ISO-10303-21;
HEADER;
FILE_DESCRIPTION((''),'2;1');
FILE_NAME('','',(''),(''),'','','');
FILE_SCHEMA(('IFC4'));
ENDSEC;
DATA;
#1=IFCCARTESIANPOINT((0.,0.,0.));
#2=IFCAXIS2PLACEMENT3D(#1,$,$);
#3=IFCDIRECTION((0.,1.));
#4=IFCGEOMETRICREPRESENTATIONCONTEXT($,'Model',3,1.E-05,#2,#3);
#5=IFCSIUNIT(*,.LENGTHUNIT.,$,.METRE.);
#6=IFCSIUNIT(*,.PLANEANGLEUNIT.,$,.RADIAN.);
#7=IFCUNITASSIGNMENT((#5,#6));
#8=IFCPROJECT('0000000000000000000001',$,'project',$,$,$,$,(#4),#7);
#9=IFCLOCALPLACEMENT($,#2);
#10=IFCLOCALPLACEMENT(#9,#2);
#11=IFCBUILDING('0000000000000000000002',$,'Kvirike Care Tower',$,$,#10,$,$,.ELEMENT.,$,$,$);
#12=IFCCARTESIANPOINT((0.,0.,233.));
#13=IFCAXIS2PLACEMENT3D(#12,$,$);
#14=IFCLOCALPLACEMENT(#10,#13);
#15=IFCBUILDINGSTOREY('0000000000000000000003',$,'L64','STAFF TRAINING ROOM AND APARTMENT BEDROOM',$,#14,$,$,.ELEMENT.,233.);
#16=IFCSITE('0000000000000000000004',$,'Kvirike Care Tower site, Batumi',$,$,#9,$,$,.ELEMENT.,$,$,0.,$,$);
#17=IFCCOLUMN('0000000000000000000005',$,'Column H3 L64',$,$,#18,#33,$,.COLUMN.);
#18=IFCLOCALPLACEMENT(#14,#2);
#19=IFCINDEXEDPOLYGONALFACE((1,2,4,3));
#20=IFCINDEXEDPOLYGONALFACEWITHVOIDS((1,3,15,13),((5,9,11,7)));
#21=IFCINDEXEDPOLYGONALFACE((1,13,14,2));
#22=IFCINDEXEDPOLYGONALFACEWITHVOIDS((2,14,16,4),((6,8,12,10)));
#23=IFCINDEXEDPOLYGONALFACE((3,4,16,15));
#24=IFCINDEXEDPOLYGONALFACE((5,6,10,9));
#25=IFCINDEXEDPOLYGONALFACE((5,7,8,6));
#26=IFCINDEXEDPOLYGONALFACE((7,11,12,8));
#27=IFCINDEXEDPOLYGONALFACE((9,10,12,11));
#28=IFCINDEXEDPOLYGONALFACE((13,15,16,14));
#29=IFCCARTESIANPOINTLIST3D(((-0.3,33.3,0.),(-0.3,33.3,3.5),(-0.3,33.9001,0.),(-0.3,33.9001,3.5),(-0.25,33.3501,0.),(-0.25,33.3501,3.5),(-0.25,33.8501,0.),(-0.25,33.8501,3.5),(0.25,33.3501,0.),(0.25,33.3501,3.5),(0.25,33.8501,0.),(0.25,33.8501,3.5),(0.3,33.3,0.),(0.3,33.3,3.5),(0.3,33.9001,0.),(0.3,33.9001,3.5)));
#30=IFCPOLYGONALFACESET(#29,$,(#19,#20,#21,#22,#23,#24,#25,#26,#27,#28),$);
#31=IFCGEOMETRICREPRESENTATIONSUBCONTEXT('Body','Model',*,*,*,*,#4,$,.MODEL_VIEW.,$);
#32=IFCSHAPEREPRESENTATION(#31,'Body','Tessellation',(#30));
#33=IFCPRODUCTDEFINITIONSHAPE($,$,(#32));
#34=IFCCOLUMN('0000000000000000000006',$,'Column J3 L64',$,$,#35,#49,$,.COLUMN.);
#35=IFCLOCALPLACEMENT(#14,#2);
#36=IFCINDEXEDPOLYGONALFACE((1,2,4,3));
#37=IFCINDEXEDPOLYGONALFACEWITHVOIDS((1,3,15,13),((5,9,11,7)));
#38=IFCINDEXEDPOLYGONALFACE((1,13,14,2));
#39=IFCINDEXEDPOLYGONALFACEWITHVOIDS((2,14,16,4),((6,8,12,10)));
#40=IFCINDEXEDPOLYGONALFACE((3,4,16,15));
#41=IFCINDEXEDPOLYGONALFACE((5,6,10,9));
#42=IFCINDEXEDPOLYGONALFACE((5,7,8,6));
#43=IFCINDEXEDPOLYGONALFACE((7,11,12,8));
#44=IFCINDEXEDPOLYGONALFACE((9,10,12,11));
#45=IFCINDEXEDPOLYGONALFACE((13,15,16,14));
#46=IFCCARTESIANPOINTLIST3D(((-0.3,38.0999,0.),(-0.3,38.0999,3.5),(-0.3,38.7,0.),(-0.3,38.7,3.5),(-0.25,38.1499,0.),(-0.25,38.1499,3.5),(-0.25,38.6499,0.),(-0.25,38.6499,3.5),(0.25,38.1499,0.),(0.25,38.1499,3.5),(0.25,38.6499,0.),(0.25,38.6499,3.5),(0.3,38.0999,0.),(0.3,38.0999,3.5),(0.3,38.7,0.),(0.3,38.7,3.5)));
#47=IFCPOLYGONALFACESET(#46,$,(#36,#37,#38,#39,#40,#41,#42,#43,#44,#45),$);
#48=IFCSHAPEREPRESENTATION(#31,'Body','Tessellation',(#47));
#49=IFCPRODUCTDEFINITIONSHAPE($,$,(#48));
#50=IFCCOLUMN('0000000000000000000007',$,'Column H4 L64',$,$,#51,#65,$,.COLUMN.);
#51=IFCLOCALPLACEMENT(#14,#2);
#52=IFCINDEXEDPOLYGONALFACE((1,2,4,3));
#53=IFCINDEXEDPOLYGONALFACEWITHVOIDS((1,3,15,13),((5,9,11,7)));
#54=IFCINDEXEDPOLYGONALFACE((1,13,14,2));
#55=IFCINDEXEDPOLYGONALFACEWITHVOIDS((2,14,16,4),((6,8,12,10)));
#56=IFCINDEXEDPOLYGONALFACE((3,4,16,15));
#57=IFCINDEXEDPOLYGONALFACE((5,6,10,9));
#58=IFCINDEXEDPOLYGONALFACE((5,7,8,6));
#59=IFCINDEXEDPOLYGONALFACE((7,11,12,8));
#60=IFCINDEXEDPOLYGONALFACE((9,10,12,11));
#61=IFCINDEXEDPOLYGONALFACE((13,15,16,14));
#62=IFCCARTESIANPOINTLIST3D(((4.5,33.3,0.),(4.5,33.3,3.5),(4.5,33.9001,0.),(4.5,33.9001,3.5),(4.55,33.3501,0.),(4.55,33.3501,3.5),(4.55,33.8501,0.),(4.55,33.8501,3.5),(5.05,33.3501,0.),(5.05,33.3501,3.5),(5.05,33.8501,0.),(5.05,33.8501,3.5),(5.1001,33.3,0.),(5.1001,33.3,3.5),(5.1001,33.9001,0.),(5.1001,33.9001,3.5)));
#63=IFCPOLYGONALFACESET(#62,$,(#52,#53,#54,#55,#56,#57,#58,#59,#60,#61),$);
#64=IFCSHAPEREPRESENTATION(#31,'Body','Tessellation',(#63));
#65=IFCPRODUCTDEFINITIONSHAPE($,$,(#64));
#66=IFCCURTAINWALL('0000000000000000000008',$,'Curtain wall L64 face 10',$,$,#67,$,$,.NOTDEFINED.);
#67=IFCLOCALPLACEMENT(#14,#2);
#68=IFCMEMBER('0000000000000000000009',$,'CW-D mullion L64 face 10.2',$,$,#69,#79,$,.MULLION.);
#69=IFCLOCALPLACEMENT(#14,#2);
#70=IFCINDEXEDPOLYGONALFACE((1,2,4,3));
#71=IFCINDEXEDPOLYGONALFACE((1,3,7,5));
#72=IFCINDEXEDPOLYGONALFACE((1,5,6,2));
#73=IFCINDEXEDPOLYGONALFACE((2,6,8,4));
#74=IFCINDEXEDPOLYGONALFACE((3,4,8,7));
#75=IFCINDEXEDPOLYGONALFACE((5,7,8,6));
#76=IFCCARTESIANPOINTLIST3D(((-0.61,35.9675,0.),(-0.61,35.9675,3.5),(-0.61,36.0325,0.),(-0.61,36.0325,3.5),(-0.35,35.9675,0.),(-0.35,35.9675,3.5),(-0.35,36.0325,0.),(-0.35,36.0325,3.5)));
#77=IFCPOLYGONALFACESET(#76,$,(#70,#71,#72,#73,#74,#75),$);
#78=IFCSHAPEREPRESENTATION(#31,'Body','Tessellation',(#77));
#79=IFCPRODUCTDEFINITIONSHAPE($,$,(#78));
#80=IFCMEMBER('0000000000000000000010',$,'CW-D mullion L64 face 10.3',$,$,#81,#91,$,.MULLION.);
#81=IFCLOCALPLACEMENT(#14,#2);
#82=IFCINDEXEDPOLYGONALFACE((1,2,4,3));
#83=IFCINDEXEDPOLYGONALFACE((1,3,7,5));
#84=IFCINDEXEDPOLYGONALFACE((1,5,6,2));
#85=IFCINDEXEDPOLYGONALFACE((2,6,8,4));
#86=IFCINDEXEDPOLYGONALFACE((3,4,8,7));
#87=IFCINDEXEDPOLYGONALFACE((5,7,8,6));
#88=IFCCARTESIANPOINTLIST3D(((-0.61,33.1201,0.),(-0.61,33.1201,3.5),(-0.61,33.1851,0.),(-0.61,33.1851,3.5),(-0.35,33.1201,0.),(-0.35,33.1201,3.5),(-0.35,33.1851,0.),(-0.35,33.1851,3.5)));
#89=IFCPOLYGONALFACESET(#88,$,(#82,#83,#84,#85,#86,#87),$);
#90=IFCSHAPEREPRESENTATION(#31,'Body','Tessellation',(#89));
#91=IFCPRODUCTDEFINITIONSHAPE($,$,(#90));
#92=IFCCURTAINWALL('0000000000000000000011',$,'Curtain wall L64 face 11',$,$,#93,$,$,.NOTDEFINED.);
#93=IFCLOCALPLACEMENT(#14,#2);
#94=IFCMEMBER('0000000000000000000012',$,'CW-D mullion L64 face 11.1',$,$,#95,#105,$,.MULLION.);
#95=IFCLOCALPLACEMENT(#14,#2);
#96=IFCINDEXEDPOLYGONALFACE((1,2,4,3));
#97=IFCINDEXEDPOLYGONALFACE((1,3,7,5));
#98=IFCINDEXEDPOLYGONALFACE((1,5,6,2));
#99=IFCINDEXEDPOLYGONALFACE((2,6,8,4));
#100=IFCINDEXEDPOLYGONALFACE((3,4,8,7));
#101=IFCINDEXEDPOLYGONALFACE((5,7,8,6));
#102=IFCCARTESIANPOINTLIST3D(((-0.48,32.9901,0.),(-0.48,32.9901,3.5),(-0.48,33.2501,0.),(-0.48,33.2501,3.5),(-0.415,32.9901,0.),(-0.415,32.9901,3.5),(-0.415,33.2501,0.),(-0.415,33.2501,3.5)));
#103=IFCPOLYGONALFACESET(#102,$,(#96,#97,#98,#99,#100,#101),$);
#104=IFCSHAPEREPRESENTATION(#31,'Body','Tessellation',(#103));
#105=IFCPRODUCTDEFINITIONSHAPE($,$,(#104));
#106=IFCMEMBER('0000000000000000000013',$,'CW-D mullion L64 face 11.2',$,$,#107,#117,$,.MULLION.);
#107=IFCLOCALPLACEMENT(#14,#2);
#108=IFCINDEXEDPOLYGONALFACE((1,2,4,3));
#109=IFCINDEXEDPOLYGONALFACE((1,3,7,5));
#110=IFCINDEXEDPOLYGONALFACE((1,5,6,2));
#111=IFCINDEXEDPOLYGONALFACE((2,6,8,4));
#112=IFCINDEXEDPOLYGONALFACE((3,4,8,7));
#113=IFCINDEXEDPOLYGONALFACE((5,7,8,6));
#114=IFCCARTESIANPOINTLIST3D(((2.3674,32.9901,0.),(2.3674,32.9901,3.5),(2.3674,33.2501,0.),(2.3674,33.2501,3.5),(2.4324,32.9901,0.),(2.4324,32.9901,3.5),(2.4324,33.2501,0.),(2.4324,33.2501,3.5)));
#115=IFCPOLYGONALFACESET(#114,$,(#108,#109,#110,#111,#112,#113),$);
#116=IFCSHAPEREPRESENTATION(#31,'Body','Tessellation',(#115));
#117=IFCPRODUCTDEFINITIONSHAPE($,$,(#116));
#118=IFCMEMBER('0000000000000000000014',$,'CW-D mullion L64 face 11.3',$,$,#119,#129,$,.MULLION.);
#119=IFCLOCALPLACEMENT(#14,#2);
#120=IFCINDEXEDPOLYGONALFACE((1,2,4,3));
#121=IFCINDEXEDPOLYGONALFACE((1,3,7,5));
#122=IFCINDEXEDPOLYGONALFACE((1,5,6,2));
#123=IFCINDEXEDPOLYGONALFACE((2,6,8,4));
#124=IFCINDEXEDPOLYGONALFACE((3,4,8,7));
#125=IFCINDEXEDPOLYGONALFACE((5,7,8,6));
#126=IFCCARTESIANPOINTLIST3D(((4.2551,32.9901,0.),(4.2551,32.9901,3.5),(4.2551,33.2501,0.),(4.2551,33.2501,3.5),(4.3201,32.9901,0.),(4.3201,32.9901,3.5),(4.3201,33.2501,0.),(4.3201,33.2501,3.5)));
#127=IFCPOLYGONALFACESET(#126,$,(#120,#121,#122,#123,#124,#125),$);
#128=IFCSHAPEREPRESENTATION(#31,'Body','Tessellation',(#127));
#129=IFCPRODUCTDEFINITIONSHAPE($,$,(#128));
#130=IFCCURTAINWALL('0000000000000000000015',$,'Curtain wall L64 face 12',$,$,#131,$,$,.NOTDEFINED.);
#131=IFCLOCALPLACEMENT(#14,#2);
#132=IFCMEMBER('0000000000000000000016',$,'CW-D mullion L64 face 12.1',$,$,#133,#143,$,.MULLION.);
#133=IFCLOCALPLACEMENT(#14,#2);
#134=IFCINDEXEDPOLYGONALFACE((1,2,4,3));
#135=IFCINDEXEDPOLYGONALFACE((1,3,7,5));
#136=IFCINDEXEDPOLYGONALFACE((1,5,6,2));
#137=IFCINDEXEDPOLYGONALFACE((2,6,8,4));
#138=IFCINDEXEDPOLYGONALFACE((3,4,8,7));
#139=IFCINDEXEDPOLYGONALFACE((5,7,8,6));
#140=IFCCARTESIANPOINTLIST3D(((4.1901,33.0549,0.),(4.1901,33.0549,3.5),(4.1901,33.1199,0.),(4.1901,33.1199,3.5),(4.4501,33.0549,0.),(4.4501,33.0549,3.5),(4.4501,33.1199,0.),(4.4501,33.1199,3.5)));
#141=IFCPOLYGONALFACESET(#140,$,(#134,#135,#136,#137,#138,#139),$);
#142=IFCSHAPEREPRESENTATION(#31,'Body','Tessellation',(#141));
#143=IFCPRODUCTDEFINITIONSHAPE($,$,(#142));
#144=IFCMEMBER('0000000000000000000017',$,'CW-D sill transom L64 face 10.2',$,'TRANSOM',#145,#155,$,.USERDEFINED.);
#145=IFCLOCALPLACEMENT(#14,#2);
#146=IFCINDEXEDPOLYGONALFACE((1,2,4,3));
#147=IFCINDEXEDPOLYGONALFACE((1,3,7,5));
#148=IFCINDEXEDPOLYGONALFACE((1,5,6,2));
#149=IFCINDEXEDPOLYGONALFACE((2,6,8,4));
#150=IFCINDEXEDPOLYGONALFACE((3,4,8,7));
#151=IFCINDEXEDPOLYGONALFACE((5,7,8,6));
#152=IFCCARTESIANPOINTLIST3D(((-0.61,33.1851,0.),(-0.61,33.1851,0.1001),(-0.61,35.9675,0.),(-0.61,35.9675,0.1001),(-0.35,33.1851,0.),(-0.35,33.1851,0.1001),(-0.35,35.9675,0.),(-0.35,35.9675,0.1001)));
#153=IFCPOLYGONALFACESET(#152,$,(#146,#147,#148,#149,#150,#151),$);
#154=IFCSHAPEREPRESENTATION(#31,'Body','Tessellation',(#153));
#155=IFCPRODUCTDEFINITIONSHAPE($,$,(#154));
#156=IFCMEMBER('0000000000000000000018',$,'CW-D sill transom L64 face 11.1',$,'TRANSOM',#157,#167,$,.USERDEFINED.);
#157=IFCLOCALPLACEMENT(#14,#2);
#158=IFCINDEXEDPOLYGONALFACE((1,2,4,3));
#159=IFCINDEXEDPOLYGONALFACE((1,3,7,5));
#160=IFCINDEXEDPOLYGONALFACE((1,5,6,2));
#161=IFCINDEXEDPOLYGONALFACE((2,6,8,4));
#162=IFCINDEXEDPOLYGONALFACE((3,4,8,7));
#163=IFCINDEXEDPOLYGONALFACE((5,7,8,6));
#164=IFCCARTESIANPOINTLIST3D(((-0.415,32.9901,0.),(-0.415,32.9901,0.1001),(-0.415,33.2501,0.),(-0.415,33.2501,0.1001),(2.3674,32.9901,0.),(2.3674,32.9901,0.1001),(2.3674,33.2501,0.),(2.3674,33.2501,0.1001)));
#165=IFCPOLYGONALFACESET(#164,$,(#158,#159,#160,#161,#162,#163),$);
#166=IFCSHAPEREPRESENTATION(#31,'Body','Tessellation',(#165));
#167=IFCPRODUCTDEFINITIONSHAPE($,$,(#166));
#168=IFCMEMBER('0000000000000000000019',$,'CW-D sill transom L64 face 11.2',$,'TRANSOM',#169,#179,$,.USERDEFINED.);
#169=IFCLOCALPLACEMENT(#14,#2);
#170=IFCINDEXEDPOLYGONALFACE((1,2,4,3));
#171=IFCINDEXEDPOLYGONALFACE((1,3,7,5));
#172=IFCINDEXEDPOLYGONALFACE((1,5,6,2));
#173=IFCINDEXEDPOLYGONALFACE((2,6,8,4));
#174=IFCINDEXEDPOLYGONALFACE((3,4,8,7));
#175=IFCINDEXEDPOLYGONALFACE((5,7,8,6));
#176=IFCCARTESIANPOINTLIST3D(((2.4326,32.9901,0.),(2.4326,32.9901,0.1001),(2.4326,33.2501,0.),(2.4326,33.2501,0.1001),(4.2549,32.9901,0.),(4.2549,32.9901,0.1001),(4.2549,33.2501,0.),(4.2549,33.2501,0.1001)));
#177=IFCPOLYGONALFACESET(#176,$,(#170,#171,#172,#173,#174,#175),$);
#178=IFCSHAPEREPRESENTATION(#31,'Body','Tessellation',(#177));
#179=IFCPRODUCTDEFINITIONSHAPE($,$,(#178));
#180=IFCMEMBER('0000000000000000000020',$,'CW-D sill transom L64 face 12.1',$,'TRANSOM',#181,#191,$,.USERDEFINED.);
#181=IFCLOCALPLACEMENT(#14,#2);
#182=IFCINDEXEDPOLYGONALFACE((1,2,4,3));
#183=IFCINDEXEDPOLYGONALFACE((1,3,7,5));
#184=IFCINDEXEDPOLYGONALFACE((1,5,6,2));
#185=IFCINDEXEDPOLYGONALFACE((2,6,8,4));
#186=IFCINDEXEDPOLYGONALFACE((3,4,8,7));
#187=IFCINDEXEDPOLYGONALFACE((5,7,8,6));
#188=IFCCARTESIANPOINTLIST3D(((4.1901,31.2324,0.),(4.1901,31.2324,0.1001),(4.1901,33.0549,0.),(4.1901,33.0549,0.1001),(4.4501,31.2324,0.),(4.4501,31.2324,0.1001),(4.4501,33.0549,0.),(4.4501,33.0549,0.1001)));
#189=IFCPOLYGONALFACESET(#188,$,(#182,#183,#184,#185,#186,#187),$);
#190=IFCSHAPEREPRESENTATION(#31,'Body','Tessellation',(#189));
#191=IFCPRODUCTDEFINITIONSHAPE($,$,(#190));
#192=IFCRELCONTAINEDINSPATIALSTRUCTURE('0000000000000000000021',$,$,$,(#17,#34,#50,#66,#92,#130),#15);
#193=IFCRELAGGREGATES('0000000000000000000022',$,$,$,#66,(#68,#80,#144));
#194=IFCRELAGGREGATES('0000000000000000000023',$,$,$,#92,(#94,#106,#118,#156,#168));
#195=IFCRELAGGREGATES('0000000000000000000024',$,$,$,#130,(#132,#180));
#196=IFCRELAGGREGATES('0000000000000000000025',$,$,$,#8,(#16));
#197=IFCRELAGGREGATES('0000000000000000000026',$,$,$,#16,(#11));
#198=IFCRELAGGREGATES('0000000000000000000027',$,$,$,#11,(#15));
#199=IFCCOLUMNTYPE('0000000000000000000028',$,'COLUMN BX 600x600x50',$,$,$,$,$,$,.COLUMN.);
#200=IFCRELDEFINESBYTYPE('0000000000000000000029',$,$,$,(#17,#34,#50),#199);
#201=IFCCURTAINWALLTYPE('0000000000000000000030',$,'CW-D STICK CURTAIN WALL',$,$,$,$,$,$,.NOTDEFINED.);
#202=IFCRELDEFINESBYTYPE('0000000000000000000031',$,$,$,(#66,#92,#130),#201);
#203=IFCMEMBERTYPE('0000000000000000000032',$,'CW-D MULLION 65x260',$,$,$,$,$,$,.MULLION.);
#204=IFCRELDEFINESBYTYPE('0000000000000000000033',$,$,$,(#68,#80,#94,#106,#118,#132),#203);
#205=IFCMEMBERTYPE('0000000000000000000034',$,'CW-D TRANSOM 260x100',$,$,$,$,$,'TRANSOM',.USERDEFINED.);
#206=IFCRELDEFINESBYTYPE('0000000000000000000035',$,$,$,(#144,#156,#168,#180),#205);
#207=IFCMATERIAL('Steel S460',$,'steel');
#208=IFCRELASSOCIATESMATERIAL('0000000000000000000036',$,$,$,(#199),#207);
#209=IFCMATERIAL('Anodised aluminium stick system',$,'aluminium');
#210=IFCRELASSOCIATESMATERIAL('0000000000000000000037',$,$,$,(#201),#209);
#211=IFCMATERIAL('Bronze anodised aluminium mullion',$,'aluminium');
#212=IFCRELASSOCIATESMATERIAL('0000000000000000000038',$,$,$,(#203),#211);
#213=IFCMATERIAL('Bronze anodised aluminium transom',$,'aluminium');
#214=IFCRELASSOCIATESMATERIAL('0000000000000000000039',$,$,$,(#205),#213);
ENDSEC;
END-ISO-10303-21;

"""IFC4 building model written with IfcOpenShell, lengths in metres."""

from ifc_helpers import new_model, si_unit, direction, frame, origin, origin_2d, place, context, subcontext, project, spatial, rectangle, hollow_rectangle, extrude, material, material_profile, profile_set, type_object, element, aggregate, save


model = new_model("IFC4")

# Units and contexts
model_context = context("Model", 3, precision=1e-05, world=origin(), true_north=direction((0.0, 1.0)))
body_context = subcontext(model_context, "Body", "Model", "MODEL_VIEW")
ifc_project = project(units=[si_unit("LENGTHUNIT", "METRE"), si_unit("PLANEANGLEUNIT", "RADIAN")], contexts=[model_context])

# Site, building, storey
site_placement = place(None, origin())
site = spatial("IfcSite", under=ifc_project, at=site_placement, Name="Kvirike Care Tower site, Batumi", CompositionType="ELEMENT", RefElevation=0.0)
building_placement = place(site_placement, origin())
building = spatial("IfcBuilding", under=site, at=building_placement, Name="Kvirike Care Tower", CompositionType="ELEMENT")
storey_placement = place(building_placement, frame((0.0, 0.0, 233.0)))
storey = spatial("IfcBuildingStorey", under=building, at=storey_placement, Name="L64", Description="STAFF TRAINING ROOM AND APARTMENT BEDROOM", CompositionType="ELEMENT", Elevation=233.0)

# Columns
ifc_material_1 = material(Name="Steel S460", Category="steel")
ifc_material_profile_1 = material_profile(ifc_material_1, hollow_rectangle(XDim=0.6001, YDim=0.6001, WallThickness=0.05, at=origin_2d()), Name="BX 600x600x50")
ifc_profile_set_1 = profile_set([ifc_material_profile_1], Name="Steel S460")
column_type = type_object("IfcColumnType", Name="COLUMN BX 600x600x50", PredefinedType="COLUMN", material=ifc_profile_set_1)
for number, where, z_axis, x_axis, name in (
    (1, (0.0, 33.6001, 0.0), (0.0, 0.0, 1.0), (0.0, 1.0, 0.0), "Column H3 L64"),
    (2, (0.0, 38.3999, 0.0), (0.0, 0.0, 1.0), (0.0, 1.0, 0.0), "Column J3 L64"),
    (3, (4.8, 33.6001, 0.0), (0.0, 0.0, 1.0), (0.0, 1.0, 0.0), "Column H4 L64"),
):
    element("IfcColumn", number, at=place(storey_placement, frame(where, z_axis=z_axis, x_axis=x_axis)), inside=storey, type_object=column_type, Name=name, PredefinedType="COLUMN", context=body_context, shape_type="SweptSolid", body=[
        extrude(hollow_rectangle(XDim=0.6001, YDim=0.6001, WallThickness=0.05, at=origin_2d()), origin(), (0.0, 0.0, 1.0), 3.5),
    ])

# Curtain walls, members
ifc_material_2 = material(Name="Anodised aluminium stick system", Category="aluminium")
curtain_wall_type = type_object("IfcCurtainWallType", Name="CW-D STICK CURTAIN WALL", PredefinedType="NOTDEFINED", material=ifc_material_2)
curtain_wall_1_placement = place(storey_placement, origin())
curtain_wall_1 = element("IfcCurtainWall", 4, at=curtain_wall_1_placement, inside=storey, type_object=curtain_wall_type, Name="Curtain wall L64 face 10", PredefinedType="NOTDEFINED")
ifc_material_3 = material(Name="Bronze anodised aluminium mullion", Category="aluminium")
ifc_material_profile_2 = material_profile(ifc_material_3, rectangle(XDim=0.0649, YDim=0.26, at=origin_2d()), Name="CW-D MULLION 65x260")
ifc_profile_set_2 = profile_set([ifc_material_profile_2], Name="Bronze anodised aluminium mullion")
member_type_1 = type_object("IfcMemberType", Name="CW-D MULLION 65x260", PredefinedType="MULLION", material=ifc_profile_set_2)
member_1_placement = place(storey_placement, frame((-0.48, 36.0, 0.0), z_axis=(0.0, 0.0, 1.0), x_axis=(0.0, -1.0, 0.0)))
member_1 = element("IfcMember", 5, at=member_1_placement, type_object=member_type_1, Name="CW-D mullion L64 face 10.2", PredefinedType="MULLION", context=body_context, shape_type="SweptSolid", body=[
    extrude(rectangle(XDim=0.0649, YDim=0.26, at=origin_2d()), origin(), (0.0, 0.0, 1.0), 3.5),
])
member_2_placement = place(storey_placement, frame((-0.48, 33.1526, 0.0), z_axis=(0.0, 0.0, 1.0), x_axis=(0.0, -1.0, 0.0)))
member_2 = element("IfcMember", 6, at=member_2_placement, type_object=member_type_1, Name="CW-D mullion L64 face 10.3", PredefinedType="MULLION", context=body_context, shape_type="SweptSolid", body=[
    extrude(rectangle(XDim=0.0649, YDim=0.26, at=origin_2d()), origin(), (0.0, 0.0, 1.0), 3.5),
])
curtain_wall_2_placement = place(storey_placement, origin())
curtain_wall_2 = element("IfcCurtainWall", 7, at=curtain_wall_2_placement, inside=storey, type_object=curtain_wall_type, Name="Curtain wall L64 face 11", PredefinedType="NOTDEFINED")
member_3_placement = place(storey_placement, frame((-0.4475, 33.1201, 0.0), z_axis=(0.0, 0.0, 1.0), x_axis=(1.0, 0.0, 0.0)))
member_3 = element("IfcMember", 8, at=member_3_placement, type_object=member_type_1, Name="CW-D mullion L64 face 11.1", PredefinedType="MULLION", context=body_context, shape_type="SweptSolid", body=[
    extrude(rectangle(XDim=0.0649, YDim=0.26, at=origin_2d()), origin(), (0.0, 0.0, 1.0), 3.5),
])
member_4_placement = place(storey_placement, frame((2.3999, 33.1201, 0.0), z_axis=(0.0, 0.0, 1.0), x_axis=(1.0, 0.0, 0.0)))
member_4 = element("IfcMember", 9, at=member_4_placement, type_object=member_type_1, Name="CW-D mullion L64 face 11.2", PredefinedType="MULLION", context=body_context, shape_type="SweptSolid", body=[
    extrude(rectangle(XDim=0.0649, YDim=0.26, at=origin_2d()), origin(), (0.0, 0.0, 1.0), 3.5),
])
member_5_placement = place(storey_placement, frame((4.2876, 33.1201, 0.0), z_axis=(0.0, 0.0, 1.0), x_axis=(1.0, 0.0, 0.0)))
member_5 = element("IfcMember", 10, at=member_5_placement, type_object=member_type_1, Name="CW-D mullion L64 face 11.3", PredefinedType="MULLION", context=body_context, shape_type="SweptSolid", body=[
    extrude(rectangle(XDim=0.0649, YDim=0.26, at=origin_2d()), origin(), (0.0, 0.0, 1.0), 3.5),
])

# Curtain wall, member
curtain_wall_3_placement = place(storey_placement, origin())
curtain_wall_3 = element("IfcCurtainWall", 11, at=curtain_wall_3_placement, inside=storey, type_object=curtain_wall_type, Name="Curtain wall L64 face 12", PredefinedType="NOTDEFINED")
member_6_placement = place(storey_placement, frame((4.3201, 33.0874, 0.0), z_axis=(0.0, 0.0, 1.0), x_axis=(0.0, -1.0, 0.0)))
member_6 = element("IfcMember", 12, at=member_6_placement, type_object=member_type_1, Name="CW-D mullion L64 face 12.1", PredefinedType="MULLION", context=body_context, shape_type="SweptSolid", body=[
    extrude(rectangle(XDim=0.0649, YDim=0.26, at=origin_2d()), origin(), (0.0, 0.0, 1.0), 3.5),
])

# Members
ifc_material_4 = material(Name="Bronze anodised aluminium transom", Category="aluminium")
ifc_material_profile_3 = material_profile(ifc_material_4, rectangle(XDim=0.26, YDim=0.1001, at=origin_2d()), Name="CW-D TRANSOM 260x100")
ifc_profile_set_3 = profile_set([ifc_material_profile_3], Name="Bronze anodised aluminium transom")
member_type_2 = type_object("IfcMemberType", Name="CW-D TRANSOM 260x100", ElementType="TRANSOM", PredefinedType="USERDEFINED", material=ifc_profile_set_3)
member_7_placement = place(storey_placement, frame((-0.48, 35.9675, 0.05), z_axis=(0.0, -1.0, 0.0), x_axis=(1.0, 0.0, 0.0)))
member_7 = element("IfcMember", 13, at=member_7_placement, type_object=member_type_2, Name="CW-D sill transom L64 face 10.2", ObjectType="TRANSOM", PredefinedType="USERDEFINED", context=body_context, shape_type="SweptSolid", body=[
    extrude(rectangle(XDim=0.26, YDim=0.1001, at=origin_2d()), origin(), (0.0, 0.0, 1.0), 2.7825),
])
member_8_placement = place(storey_placement, frame((-0.415, 33.1201, 0.05), z_axis=(1.0, 0.0, 0.0), x_axis=(0.0, 1.0, 0.0)))
member_8 = element("IfcMember", 14, at=member_8_placement, type_object=member_type_2, Name="CW-D sill transom L64 face 11.1", ObjectType="TRANSOM", PredefinedType="USERDEFINED", context=body_context, shape_type="SweptSolid", body=[
    extrude(rectangle(XDim=0.26, YDim=0.1001, at=origin_2d()), origin(), (0.0, 0.0, 1.0), 2.7825),
])
member_9_placement = place(storey_placement, frame((2.4326, 33.1201, 0.05), z_axis=(1.0, 0.0, 0.0), x_axis=(0.0, 1.0, 0.0)))
member_9 = element("IfcMember", 15, at=member_9_placement, type_object=member_type_2, Name="CW-D sill transom L64 face 11.2", ObjectType="TRANSOM", PredefinedType="USERDEFINED", context=body_context, shape_type="SweptSolid", body=[
    extrude(rectangle(XDim=0.26, YDim=0.1001, at=origin_2d()), origin(), (0.0, 0.0, 1.0), 1.8223),
])
member_10_placement = place(storey_placement, frame((4.3201, 33.0549, 0.05), z_axis=(0.0, -1.0, 0.0), x_axis=(1.0, 0.0, 0.0)))
member_10 = element("IfcMember", 16, at=member_10_placement, type_object=member_type_2, Name="CW-D sill transom L64 face 12.1", ObjectType="TRANSOM", PredefinedType="USERDEFINED", context=body_context, shape_type="SweptSolid", body=[
    extrude(rectangle(XDim=0.26, YDim=0.1001, at=origin_2d()), origin(), (0.0, 0.0, 1.0), 1.8225),
])

aggregate(curtain_wall_1, [member_1, member_2, member_7])
aggregate(curtain_wall_2, [member_3, member_4, member_5, member_8, member_9])
aggregate(curtain_wall_3, [member_6, member_10])

save(model, "model.ifc")
